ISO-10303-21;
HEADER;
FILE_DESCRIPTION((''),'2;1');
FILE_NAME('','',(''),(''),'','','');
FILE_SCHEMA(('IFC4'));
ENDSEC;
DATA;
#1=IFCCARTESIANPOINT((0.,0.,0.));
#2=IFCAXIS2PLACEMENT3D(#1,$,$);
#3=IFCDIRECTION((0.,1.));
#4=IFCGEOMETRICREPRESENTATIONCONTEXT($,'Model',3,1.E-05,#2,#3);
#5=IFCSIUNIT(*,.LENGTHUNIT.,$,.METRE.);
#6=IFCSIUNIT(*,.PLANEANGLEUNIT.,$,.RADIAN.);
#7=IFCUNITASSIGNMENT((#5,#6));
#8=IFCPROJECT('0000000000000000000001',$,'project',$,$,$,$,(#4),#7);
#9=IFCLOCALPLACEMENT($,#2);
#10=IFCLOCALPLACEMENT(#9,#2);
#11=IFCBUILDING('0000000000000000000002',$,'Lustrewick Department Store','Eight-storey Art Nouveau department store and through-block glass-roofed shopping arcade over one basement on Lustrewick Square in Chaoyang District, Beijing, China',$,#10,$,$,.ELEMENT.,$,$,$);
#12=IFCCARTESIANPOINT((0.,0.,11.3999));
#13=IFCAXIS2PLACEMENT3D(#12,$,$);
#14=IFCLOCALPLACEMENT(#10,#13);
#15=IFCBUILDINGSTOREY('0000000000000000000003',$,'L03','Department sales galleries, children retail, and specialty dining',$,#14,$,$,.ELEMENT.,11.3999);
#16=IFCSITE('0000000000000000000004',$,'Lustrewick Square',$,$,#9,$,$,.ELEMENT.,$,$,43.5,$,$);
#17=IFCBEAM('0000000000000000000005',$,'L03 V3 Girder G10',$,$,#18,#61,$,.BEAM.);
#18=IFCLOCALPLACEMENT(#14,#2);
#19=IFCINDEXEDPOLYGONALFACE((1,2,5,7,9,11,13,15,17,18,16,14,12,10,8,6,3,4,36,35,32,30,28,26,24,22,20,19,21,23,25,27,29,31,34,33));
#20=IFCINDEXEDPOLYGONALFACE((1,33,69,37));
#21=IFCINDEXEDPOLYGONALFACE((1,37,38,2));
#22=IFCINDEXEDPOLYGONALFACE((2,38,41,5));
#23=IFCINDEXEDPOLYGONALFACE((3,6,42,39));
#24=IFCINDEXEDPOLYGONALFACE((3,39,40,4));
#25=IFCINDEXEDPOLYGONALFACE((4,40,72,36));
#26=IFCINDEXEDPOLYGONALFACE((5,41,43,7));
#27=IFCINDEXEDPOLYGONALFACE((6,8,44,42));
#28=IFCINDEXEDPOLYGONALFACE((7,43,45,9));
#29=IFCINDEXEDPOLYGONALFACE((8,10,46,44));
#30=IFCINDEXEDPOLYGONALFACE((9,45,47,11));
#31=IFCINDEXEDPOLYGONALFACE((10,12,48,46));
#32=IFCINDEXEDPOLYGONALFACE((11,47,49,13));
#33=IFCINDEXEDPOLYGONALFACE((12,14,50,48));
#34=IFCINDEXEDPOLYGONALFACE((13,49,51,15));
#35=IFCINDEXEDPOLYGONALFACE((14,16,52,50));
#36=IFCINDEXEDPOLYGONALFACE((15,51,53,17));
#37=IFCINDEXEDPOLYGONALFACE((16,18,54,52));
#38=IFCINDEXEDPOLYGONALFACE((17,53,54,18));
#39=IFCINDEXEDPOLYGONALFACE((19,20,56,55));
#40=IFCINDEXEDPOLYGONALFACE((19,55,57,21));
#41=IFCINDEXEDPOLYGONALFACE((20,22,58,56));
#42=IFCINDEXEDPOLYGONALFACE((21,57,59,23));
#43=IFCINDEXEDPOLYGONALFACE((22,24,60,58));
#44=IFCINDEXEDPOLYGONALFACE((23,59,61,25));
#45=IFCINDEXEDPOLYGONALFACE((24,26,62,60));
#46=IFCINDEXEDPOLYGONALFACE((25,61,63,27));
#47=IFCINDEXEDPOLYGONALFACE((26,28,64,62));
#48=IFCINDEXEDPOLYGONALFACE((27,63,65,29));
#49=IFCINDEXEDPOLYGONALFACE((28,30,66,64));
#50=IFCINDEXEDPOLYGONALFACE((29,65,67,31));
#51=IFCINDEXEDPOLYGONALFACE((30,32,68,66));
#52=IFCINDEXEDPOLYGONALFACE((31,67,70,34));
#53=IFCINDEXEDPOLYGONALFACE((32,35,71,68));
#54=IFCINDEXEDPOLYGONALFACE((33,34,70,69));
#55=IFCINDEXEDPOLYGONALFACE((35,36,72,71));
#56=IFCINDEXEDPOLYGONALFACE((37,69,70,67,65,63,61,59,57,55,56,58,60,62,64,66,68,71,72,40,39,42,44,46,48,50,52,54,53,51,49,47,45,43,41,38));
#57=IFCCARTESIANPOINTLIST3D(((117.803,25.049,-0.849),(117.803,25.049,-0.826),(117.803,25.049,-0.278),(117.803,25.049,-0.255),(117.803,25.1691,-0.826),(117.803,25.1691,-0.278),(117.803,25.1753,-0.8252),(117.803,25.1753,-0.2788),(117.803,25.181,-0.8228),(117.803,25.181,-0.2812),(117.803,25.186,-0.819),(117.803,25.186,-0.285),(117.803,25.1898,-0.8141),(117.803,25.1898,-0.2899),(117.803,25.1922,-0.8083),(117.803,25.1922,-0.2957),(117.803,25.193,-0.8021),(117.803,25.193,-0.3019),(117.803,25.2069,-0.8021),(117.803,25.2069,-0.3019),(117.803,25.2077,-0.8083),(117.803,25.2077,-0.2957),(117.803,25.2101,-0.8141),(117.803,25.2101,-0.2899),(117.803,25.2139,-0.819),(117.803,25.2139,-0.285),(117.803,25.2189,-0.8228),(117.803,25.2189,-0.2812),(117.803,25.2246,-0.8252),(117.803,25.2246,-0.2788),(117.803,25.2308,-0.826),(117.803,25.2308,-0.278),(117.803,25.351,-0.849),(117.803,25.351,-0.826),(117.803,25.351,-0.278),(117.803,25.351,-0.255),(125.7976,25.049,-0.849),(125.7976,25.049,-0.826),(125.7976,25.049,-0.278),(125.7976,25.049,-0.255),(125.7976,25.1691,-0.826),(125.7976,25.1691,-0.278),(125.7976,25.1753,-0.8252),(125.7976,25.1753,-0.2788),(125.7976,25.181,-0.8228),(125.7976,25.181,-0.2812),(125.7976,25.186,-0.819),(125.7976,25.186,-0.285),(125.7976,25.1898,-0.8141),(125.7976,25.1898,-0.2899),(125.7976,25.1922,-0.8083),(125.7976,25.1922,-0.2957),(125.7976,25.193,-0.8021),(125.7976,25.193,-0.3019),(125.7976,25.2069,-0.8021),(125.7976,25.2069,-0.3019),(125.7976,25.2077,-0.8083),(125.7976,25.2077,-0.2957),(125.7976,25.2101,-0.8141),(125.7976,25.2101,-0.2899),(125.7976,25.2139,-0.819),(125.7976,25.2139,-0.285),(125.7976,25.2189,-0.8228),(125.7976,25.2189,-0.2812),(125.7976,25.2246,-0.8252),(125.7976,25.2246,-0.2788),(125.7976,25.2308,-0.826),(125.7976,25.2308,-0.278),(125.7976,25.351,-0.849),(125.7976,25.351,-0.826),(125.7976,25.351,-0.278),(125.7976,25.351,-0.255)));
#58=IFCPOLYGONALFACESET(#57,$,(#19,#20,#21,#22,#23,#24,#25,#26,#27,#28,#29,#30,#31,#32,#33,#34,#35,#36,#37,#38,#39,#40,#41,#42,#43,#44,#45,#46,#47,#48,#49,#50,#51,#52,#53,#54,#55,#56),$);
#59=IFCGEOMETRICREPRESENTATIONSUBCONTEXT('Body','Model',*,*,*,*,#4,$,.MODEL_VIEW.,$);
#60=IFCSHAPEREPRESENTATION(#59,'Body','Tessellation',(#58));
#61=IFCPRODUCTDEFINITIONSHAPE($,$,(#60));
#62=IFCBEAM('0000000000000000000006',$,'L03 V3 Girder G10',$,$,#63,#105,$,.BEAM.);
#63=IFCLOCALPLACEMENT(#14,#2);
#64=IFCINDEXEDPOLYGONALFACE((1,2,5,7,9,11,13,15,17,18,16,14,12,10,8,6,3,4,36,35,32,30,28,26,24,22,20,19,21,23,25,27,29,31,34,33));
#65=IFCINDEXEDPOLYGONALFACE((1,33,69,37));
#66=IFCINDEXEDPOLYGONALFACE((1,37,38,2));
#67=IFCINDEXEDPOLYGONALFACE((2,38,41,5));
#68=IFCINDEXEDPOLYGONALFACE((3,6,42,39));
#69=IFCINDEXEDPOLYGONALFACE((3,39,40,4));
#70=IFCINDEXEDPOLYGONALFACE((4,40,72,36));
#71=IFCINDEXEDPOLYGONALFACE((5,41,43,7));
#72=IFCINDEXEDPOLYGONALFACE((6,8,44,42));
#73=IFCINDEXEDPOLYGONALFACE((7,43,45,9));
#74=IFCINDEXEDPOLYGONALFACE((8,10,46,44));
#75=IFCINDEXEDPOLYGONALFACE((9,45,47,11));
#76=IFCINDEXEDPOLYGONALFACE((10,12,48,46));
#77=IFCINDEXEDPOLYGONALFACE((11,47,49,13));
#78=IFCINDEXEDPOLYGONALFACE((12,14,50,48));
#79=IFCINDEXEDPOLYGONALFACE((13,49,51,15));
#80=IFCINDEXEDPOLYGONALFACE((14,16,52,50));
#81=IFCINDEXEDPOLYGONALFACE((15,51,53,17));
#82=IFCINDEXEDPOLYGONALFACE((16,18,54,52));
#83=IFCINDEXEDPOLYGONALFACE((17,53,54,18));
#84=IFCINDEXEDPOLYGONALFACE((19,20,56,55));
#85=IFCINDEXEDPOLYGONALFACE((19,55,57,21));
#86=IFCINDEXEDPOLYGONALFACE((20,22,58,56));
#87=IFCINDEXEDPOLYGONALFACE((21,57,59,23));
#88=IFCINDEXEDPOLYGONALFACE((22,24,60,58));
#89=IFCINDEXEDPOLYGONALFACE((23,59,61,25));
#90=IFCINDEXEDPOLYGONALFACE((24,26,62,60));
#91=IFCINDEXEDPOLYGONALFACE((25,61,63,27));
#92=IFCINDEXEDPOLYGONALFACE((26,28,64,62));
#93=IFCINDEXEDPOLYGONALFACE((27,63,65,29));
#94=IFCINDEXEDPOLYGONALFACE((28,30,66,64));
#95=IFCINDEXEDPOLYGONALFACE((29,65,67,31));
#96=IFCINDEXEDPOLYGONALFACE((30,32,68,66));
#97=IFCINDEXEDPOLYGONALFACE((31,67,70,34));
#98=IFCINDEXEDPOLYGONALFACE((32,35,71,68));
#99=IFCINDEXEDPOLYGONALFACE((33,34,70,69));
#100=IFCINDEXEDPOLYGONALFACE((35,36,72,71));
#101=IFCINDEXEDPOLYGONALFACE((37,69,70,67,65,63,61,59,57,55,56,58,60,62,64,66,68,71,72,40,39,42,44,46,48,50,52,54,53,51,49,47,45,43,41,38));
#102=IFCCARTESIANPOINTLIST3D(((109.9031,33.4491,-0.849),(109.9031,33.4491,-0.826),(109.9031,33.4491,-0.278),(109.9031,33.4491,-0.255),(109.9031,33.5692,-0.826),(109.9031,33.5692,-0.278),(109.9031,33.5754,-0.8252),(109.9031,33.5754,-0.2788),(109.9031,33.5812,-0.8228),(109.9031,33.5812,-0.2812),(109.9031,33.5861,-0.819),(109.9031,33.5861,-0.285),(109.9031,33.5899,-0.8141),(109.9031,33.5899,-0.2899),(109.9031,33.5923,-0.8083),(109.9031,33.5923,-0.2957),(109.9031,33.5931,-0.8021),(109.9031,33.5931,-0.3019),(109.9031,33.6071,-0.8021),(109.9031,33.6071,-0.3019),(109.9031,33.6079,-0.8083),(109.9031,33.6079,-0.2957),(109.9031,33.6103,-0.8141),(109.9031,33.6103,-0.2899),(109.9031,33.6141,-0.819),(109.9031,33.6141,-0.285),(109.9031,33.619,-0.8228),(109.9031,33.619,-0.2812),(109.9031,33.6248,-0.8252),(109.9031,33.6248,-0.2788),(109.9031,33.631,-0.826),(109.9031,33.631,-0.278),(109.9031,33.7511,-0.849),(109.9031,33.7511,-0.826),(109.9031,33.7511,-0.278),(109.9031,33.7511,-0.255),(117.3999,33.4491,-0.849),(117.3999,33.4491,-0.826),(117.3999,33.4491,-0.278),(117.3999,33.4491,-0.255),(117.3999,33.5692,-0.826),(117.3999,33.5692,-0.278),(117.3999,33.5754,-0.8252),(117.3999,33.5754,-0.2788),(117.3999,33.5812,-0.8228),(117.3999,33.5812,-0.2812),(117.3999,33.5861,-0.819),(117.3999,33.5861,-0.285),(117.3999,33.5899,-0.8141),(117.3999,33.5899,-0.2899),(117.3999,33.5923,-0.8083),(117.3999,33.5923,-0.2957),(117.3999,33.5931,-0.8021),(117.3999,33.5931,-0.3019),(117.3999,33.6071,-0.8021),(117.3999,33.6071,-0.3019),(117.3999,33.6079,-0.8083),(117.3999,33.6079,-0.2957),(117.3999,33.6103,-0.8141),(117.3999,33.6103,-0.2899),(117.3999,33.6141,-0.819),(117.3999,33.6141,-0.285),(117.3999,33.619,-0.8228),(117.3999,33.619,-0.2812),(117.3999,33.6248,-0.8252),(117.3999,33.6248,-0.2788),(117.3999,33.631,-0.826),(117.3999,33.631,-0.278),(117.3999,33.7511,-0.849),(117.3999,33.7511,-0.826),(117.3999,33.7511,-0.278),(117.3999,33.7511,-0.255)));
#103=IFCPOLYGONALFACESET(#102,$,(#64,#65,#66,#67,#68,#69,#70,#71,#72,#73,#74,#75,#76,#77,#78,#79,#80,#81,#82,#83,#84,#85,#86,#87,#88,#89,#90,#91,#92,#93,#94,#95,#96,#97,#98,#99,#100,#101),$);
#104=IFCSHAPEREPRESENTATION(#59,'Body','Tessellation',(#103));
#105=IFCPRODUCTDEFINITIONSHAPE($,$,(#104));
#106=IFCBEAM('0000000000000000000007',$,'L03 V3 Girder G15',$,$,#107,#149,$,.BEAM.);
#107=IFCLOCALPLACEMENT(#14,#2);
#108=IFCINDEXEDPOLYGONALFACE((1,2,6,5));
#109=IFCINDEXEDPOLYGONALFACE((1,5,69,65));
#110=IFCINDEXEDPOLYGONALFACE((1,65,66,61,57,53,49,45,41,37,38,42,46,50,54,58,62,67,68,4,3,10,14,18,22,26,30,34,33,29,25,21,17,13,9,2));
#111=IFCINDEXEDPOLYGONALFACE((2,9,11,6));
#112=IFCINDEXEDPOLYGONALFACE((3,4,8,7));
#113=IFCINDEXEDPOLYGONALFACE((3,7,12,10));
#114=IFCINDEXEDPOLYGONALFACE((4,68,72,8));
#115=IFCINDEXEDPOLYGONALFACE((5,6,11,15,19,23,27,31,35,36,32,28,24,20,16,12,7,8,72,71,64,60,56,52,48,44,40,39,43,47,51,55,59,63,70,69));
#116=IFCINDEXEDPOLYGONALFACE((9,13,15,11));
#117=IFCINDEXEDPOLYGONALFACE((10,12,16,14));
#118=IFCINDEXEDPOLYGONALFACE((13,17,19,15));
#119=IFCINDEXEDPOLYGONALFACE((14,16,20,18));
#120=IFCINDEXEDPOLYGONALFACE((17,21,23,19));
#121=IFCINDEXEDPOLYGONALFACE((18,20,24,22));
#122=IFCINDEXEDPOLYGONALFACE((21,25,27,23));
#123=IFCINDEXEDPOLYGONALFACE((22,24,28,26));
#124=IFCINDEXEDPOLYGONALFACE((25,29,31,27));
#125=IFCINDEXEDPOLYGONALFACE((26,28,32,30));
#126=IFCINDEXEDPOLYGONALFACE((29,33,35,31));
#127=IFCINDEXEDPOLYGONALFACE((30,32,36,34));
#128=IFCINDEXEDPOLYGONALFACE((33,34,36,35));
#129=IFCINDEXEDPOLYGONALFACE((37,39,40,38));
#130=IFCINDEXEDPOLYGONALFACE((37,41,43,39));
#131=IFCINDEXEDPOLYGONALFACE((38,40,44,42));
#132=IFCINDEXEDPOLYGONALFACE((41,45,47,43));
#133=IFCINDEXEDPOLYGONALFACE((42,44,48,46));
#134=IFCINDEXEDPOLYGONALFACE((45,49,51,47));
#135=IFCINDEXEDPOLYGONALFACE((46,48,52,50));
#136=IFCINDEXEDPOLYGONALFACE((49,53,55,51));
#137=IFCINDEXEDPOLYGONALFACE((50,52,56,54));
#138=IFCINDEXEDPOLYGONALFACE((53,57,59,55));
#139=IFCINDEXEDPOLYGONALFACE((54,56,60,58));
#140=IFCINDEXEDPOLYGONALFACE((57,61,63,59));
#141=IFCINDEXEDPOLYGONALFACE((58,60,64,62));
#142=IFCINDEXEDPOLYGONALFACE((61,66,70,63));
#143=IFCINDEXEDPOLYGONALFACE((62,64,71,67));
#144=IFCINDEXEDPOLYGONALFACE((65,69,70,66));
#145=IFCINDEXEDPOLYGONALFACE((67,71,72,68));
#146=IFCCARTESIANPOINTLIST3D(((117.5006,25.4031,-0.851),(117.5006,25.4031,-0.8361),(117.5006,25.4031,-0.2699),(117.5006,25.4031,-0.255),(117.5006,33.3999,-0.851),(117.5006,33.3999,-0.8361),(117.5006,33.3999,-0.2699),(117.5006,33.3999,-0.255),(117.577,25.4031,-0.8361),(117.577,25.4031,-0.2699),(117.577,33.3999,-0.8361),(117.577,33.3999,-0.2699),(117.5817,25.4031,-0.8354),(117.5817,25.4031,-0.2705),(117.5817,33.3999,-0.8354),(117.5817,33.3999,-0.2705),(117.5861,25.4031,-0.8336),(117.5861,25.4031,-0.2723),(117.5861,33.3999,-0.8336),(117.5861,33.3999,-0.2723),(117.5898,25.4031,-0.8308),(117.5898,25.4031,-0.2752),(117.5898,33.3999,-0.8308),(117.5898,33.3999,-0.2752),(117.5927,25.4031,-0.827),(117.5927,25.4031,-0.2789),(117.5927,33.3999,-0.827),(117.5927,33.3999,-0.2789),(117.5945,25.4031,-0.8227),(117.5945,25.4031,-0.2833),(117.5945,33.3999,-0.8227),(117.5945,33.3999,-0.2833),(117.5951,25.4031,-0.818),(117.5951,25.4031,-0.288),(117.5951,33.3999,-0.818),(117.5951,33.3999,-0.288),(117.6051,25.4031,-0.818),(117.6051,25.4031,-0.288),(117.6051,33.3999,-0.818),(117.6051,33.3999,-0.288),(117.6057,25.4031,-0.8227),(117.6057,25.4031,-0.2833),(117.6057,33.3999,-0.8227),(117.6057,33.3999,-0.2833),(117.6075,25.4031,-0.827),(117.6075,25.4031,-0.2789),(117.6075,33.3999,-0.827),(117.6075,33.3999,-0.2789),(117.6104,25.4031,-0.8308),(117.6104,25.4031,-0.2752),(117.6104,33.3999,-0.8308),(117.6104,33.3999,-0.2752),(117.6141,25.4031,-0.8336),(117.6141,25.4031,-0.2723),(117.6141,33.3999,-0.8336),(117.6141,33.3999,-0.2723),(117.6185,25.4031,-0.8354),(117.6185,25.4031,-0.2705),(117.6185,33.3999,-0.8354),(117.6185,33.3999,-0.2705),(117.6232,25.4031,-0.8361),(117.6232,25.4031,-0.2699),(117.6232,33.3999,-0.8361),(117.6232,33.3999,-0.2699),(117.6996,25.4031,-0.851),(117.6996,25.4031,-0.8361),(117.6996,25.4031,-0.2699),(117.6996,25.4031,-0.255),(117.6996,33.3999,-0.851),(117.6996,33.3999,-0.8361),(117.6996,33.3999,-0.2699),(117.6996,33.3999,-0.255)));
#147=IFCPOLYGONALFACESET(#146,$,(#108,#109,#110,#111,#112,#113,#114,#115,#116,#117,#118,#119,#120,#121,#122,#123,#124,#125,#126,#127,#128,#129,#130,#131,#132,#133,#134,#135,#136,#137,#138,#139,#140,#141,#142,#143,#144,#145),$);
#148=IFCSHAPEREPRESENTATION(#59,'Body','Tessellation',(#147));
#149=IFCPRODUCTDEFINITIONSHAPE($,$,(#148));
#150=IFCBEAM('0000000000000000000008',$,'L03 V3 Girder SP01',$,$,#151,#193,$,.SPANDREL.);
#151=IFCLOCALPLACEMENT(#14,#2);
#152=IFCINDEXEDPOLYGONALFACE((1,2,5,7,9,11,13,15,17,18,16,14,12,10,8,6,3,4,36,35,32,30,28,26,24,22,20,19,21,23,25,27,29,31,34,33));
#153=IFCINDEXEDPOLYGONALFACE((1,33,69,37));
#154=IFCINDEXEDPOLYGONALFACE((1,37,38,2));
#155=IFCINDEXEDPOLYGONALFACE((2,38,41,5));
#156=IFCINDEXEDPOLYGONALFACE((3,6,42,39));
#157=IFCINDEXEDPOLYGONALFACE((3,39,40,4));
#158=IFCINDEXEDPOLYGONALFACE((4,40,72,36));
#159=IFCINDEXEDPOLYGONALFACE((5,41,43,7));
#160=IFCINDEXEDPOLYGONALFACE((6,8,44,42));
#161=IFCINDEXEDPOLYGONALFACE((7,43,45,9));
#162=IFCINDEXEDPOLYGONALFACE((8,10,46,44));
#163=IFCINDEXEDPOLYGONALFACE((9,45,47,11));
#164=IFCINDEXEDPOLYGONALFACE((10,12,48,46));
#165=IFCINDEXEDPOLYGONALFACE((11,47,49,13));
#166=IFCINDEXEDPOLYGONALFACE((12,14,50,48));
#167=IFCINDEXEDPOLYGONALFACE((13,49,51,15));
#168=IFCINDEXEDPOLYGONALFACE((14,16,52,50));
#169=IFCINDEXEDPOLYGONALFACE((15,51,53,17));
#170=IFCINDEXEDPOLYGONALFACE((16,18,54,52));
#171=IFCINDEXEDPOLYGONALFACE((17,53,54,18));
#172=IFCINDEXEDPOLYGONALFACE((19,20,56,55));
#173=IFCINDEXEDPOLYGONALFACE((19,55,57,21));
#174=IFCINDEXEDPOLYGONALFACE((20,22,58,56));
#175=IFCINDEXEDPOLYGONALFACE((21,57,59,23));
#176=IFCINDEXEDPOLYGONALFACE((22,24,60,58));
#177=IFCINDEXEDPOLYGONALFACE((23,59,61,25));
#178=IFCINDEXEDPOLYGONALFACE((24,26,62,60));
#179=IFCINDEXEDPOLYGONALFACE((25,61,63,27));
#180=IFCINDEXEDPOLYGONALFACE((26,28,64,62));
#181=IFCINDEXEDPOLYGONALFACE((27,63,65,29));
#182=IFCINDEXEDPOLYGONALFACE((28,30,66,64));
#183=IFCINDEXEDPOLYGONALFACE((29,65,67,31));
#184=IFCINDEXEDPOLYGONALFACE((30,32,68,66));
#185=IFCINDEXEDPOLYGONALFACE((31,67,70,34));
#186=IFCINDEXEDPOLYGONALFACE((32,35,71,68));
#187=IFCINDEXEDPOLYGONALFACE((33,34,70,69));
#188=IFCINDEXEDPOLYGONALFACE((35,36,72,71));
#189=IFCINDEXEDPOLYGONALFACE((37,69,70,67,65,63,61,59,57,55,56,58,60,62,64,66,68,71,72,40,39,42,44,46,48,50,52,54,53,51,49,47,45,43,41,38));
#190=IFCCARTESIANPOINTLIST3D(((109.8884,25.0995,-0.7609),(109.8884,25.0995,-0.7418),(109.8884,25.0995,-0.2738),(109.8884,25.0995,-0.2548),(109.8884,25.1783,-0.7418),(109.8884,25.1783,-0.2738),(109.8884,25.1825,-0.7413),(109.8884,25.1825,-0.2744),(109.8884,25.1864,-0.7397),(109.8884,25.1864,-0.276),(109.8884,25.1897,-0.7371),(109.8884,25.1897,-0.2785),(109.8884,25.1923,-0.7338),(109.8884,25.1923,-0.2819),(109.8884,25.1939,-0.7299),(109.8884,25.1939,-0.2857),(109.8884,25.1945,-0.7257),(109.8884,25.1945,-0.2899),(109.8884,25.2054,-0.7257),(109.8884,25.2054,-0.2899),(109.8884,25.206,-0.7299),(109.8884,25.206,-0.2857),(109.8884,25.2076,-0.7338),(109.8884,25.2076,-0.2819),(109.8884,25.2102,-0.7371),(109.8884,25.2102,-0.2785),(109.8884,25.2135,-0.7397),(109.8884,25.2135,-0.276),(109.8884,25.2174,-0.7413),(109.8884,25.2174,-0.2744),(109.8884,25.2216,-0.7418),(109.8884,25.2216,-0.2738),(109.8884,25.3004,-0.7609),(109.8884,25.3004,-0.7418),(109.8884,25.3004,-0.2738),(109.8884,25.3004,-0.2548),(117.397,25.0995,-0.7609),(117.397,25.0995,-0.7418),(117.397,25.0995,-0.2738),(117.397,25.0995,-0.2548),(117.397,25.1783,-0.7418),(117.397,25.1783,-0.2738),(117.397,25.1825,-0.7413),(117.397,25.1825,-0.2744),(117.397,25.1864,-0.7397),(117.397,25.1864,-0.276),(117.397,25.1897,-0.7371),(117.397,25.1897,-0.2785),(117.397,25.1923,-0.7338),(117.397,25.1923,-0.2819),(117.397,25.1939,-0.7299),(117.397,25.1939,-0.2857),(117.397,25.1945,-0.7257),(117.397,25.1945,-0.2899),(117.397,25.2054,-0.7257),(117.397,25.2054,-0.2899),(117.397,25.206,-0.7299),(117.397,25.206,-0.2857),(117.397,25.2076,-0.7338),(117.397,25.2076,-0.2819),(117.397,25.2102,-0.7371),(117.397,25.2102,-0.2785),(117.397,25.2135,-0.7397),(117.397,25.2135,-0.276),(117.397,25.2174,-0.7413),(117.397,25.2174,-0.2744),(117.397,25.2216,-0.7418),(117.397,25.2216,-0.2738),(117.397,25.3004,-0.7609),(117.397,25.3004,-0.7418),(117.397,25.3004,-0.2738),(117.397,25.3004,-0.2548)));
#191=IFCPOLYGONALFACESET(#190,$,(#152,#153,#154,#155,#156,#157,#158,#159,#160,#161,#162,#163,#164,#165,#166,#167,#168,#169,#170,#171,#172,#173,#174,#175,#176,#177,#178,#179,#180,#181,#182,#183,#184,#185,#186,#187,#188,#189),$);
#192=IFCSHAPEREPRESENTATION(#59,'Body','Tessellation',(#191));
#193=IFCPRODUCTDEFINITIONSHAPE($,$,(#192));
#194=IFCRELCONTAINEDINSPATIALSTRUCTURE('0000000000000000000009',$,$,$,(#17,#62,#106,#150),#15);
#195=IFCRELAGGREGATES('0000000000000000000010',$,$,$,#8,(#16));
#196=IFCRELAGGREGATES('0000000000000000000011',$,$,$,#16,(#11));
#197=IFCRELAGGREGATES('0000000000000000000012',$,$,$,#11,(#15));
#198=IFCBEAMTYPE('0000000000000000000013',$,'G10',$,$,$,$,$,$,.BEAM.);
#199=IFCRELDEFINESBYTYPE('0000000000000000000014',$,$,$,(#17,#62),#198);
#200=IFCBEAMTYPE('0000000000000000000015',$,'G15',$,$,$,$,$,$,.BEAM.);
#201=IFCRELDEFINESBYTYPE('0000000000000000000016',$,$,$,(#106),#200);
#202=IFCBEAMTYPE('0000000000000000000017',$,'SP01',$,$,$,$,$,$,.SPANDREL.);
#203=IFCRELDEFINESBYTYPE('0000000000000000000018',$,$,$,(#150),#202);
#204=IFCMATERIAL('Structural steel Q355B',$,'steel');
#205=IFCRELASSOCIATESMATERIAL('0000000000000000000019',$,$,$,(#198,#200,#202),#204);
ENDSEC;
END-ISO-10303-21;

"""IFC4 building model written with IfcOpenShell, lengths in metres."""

from ifc_helpers import new_model, si_unit, direction, frame, origin, origin_2d, place, context, subcontext, project, spatial, i_section, extrude, material, material_profile, profile_set, type_object, element, save


model = new_model("IFC4")

# Units and contexts
model_context = context("Model", 3, precision=1e-05, world=origin(), true_north=direction((0.0, 1.0)))
body_context = subcontext(model_context, "Body", "Model", "MODEL_VIEW")
ifc_project = project(units=[si_unit("LENGTHUNIT", "METRE"), si_unit("PLANEANGLEUNIT", "RADIAN")], contexts=[model_context])

# Site, building, storey
site_placement = place(None, origin())
site = spatial("IfcSite", under=ifc_project, at=site_placement, Name="Lustrewick Square", CompositionType="ELEMENT", RefElevation=43.5)
building_placement = place(site_placement, origin())
building = spatial("IfcBuilding", under=site, at=building_placement, Name="Lustrewick Department Store", Description="Eight-storey Art Nouveau department store and through-block glass-roofed shopping arcade over one basement on Lustrewick Square in Chaoyang District, Beijing, China", CompositionType="ELEMENT")
storey_placement = place(building_placement, frame((0.0, 0.0, 11.3999)))
storey = spatial("IfcBuildingStorey", under=building, at=storey_placement, Name="L03", Description="Department sales galleries, children retail, and specialty dining", CompositionType="ELEMENT", Elevation=11.3999)

# Beams
ifc_material_1 = material(Name="Structural steel Q355B", Category="steel")
ifc_material_profile_1 = material_profile(ifc_material_1, i_section(OverallWidth=0.302, OverallDepth=0.594, WebThickness=0.0139, FlangeThickness=0.0229, FilletRadius=0.0239, at=origin_2d()), Name="HM 594x302x14x23")
ifc_profile_set_1 = profile_set([ifc_material_profile_1], Name="Structural steel Q355B")
beam_type_1 = type_object("IfcBeamType", Name="G10", PredefinedType="BEAM", material=ifc_profile_set_1)
beam_1_placement = place(storey_placement, frame((117.803, 25.2, -0.552), z_axis=(1.0, 0.0, 0.0), x_axis=(0.0, 1.0, 0.0)))
element("IfcBeam", 1, at=beam_1_placement, inside=storey, type_object=beam_type_1, Name="L03 V3 Girder G10", PredefinedType="BEAM", context=body_context, shape_type="SweptSolid", body=[
    extrude(i_section(OverallWidth=0.302, OverallDepth=0.594, WebThickness=0.0139, FlangeThickness=0.0229, FilletRadius=0.0239, at=origin_2d()), origin(), (0.0, 0.0, 1.0), 7.9946),
])
beam_2_placement = place(storey_placement, frame((109.9031, 33.6001, -0.552), z_axis=(1.0, 0.0, 0.0), x_axis=(0.0, 1.0, 0.0)))
element("IfcBeam", 2, at=beam_2_placement, inside=storey, type_object=beam_type_1, Name="L03 V3 Girder G10", PredefinedType="BEAM", context=body_context, shape_type="SweptSolid", body=[
    extrude(i_section(OverallWidth=0.302, OverallDepth=0.594, WebThickness=0.0139, FlangeThickness=0.0229, FilletRadius=0.0239, at=origin_2d()), origin(), (0.0, 0.0, 1.0), 7.4968),
])
ifc_material_profile_2 = material_profile(ifc_material_1, i_section(OverallWidth=0.199, OverallDepth=0.5959, WebThickness=0.01, FlangeThickness=0.0149, FilletRadius=0.0181, at=origin_2d()), Name="HN 596x199x10x15")
ifc_profile_set_2 = profile_set([ifc_material_profile_2], Name="Structural steel Q355B")
beam_type_2 = type_object("IfcBeamType", Name="G15", PredefinedType="BEAM", material=ifc_profile_set_2)
beam_3_placement = place(storey_placement, frame((117.6001, 25.4031, -0.553), z_axis=(0.0, 1.0, 0.0), x_axis=(-1.0, 0.0, 0.0)))
element("IfcBeam", 3, at=beam_3_placement, inside=storey, type_object=beam_type_2, Name="L03 V3 Girder G15", PredefinedType="BEAM", context=body_context, shape_type="SweptSolid", body=[
    extrude(i_section(OverallWidth=0.199, OverallDepth=0.5959, WebThickness=0.01, FlangeThickness=0.0149, FilletRadius=0.0181, at=origin_2d()), origin(), (0.0, 0.0, 1.0), 7.9968),
])
ifc_material_profile_3 = material_profile(ifc_material_1, i_section(OverallWidth=0.2009, OverallDepth=0.5061, WebThickness=0.011, FlangeThickness=0.019, FilletRadius=0.0161, at=origin_2d()), Name="HN 506x201x11x19")
ifc_profile_set_3 = profile_set([ifc_material_profile_3], Name="Structural steel Q355B")
beam_type_3 = type_object("IfcBeamType", Name="SP01", PredefinedType="SPANDREL", material=ifc_profile_set_3)
beam_4_placement = place(storey_placement, frame((109.8884, 25.2, -0.5078), z_axis=(1.0, 0.0, 0.0), x_axis=(0.0, 1.0, 0.0)))
element("IfcBeam", 4, at=beam_4_placement, inside=storey, type_object=beam_type_3, Name="L03 V3 Girder SP01", PredefinedType="SPANDREL", context=body_context, shape_type="SweptSolid", body=[
    extrude(i_section(OverallWidth=0.2009, OverallDepth=0.5061, WebThickness=0.011, FlangeThickness=0.019, FilletRadius=0.0161, at=origin_2d()), origin(), (0.0, 0.0, 1.0), 7.5085),
])

save(model, "model.ifc")
